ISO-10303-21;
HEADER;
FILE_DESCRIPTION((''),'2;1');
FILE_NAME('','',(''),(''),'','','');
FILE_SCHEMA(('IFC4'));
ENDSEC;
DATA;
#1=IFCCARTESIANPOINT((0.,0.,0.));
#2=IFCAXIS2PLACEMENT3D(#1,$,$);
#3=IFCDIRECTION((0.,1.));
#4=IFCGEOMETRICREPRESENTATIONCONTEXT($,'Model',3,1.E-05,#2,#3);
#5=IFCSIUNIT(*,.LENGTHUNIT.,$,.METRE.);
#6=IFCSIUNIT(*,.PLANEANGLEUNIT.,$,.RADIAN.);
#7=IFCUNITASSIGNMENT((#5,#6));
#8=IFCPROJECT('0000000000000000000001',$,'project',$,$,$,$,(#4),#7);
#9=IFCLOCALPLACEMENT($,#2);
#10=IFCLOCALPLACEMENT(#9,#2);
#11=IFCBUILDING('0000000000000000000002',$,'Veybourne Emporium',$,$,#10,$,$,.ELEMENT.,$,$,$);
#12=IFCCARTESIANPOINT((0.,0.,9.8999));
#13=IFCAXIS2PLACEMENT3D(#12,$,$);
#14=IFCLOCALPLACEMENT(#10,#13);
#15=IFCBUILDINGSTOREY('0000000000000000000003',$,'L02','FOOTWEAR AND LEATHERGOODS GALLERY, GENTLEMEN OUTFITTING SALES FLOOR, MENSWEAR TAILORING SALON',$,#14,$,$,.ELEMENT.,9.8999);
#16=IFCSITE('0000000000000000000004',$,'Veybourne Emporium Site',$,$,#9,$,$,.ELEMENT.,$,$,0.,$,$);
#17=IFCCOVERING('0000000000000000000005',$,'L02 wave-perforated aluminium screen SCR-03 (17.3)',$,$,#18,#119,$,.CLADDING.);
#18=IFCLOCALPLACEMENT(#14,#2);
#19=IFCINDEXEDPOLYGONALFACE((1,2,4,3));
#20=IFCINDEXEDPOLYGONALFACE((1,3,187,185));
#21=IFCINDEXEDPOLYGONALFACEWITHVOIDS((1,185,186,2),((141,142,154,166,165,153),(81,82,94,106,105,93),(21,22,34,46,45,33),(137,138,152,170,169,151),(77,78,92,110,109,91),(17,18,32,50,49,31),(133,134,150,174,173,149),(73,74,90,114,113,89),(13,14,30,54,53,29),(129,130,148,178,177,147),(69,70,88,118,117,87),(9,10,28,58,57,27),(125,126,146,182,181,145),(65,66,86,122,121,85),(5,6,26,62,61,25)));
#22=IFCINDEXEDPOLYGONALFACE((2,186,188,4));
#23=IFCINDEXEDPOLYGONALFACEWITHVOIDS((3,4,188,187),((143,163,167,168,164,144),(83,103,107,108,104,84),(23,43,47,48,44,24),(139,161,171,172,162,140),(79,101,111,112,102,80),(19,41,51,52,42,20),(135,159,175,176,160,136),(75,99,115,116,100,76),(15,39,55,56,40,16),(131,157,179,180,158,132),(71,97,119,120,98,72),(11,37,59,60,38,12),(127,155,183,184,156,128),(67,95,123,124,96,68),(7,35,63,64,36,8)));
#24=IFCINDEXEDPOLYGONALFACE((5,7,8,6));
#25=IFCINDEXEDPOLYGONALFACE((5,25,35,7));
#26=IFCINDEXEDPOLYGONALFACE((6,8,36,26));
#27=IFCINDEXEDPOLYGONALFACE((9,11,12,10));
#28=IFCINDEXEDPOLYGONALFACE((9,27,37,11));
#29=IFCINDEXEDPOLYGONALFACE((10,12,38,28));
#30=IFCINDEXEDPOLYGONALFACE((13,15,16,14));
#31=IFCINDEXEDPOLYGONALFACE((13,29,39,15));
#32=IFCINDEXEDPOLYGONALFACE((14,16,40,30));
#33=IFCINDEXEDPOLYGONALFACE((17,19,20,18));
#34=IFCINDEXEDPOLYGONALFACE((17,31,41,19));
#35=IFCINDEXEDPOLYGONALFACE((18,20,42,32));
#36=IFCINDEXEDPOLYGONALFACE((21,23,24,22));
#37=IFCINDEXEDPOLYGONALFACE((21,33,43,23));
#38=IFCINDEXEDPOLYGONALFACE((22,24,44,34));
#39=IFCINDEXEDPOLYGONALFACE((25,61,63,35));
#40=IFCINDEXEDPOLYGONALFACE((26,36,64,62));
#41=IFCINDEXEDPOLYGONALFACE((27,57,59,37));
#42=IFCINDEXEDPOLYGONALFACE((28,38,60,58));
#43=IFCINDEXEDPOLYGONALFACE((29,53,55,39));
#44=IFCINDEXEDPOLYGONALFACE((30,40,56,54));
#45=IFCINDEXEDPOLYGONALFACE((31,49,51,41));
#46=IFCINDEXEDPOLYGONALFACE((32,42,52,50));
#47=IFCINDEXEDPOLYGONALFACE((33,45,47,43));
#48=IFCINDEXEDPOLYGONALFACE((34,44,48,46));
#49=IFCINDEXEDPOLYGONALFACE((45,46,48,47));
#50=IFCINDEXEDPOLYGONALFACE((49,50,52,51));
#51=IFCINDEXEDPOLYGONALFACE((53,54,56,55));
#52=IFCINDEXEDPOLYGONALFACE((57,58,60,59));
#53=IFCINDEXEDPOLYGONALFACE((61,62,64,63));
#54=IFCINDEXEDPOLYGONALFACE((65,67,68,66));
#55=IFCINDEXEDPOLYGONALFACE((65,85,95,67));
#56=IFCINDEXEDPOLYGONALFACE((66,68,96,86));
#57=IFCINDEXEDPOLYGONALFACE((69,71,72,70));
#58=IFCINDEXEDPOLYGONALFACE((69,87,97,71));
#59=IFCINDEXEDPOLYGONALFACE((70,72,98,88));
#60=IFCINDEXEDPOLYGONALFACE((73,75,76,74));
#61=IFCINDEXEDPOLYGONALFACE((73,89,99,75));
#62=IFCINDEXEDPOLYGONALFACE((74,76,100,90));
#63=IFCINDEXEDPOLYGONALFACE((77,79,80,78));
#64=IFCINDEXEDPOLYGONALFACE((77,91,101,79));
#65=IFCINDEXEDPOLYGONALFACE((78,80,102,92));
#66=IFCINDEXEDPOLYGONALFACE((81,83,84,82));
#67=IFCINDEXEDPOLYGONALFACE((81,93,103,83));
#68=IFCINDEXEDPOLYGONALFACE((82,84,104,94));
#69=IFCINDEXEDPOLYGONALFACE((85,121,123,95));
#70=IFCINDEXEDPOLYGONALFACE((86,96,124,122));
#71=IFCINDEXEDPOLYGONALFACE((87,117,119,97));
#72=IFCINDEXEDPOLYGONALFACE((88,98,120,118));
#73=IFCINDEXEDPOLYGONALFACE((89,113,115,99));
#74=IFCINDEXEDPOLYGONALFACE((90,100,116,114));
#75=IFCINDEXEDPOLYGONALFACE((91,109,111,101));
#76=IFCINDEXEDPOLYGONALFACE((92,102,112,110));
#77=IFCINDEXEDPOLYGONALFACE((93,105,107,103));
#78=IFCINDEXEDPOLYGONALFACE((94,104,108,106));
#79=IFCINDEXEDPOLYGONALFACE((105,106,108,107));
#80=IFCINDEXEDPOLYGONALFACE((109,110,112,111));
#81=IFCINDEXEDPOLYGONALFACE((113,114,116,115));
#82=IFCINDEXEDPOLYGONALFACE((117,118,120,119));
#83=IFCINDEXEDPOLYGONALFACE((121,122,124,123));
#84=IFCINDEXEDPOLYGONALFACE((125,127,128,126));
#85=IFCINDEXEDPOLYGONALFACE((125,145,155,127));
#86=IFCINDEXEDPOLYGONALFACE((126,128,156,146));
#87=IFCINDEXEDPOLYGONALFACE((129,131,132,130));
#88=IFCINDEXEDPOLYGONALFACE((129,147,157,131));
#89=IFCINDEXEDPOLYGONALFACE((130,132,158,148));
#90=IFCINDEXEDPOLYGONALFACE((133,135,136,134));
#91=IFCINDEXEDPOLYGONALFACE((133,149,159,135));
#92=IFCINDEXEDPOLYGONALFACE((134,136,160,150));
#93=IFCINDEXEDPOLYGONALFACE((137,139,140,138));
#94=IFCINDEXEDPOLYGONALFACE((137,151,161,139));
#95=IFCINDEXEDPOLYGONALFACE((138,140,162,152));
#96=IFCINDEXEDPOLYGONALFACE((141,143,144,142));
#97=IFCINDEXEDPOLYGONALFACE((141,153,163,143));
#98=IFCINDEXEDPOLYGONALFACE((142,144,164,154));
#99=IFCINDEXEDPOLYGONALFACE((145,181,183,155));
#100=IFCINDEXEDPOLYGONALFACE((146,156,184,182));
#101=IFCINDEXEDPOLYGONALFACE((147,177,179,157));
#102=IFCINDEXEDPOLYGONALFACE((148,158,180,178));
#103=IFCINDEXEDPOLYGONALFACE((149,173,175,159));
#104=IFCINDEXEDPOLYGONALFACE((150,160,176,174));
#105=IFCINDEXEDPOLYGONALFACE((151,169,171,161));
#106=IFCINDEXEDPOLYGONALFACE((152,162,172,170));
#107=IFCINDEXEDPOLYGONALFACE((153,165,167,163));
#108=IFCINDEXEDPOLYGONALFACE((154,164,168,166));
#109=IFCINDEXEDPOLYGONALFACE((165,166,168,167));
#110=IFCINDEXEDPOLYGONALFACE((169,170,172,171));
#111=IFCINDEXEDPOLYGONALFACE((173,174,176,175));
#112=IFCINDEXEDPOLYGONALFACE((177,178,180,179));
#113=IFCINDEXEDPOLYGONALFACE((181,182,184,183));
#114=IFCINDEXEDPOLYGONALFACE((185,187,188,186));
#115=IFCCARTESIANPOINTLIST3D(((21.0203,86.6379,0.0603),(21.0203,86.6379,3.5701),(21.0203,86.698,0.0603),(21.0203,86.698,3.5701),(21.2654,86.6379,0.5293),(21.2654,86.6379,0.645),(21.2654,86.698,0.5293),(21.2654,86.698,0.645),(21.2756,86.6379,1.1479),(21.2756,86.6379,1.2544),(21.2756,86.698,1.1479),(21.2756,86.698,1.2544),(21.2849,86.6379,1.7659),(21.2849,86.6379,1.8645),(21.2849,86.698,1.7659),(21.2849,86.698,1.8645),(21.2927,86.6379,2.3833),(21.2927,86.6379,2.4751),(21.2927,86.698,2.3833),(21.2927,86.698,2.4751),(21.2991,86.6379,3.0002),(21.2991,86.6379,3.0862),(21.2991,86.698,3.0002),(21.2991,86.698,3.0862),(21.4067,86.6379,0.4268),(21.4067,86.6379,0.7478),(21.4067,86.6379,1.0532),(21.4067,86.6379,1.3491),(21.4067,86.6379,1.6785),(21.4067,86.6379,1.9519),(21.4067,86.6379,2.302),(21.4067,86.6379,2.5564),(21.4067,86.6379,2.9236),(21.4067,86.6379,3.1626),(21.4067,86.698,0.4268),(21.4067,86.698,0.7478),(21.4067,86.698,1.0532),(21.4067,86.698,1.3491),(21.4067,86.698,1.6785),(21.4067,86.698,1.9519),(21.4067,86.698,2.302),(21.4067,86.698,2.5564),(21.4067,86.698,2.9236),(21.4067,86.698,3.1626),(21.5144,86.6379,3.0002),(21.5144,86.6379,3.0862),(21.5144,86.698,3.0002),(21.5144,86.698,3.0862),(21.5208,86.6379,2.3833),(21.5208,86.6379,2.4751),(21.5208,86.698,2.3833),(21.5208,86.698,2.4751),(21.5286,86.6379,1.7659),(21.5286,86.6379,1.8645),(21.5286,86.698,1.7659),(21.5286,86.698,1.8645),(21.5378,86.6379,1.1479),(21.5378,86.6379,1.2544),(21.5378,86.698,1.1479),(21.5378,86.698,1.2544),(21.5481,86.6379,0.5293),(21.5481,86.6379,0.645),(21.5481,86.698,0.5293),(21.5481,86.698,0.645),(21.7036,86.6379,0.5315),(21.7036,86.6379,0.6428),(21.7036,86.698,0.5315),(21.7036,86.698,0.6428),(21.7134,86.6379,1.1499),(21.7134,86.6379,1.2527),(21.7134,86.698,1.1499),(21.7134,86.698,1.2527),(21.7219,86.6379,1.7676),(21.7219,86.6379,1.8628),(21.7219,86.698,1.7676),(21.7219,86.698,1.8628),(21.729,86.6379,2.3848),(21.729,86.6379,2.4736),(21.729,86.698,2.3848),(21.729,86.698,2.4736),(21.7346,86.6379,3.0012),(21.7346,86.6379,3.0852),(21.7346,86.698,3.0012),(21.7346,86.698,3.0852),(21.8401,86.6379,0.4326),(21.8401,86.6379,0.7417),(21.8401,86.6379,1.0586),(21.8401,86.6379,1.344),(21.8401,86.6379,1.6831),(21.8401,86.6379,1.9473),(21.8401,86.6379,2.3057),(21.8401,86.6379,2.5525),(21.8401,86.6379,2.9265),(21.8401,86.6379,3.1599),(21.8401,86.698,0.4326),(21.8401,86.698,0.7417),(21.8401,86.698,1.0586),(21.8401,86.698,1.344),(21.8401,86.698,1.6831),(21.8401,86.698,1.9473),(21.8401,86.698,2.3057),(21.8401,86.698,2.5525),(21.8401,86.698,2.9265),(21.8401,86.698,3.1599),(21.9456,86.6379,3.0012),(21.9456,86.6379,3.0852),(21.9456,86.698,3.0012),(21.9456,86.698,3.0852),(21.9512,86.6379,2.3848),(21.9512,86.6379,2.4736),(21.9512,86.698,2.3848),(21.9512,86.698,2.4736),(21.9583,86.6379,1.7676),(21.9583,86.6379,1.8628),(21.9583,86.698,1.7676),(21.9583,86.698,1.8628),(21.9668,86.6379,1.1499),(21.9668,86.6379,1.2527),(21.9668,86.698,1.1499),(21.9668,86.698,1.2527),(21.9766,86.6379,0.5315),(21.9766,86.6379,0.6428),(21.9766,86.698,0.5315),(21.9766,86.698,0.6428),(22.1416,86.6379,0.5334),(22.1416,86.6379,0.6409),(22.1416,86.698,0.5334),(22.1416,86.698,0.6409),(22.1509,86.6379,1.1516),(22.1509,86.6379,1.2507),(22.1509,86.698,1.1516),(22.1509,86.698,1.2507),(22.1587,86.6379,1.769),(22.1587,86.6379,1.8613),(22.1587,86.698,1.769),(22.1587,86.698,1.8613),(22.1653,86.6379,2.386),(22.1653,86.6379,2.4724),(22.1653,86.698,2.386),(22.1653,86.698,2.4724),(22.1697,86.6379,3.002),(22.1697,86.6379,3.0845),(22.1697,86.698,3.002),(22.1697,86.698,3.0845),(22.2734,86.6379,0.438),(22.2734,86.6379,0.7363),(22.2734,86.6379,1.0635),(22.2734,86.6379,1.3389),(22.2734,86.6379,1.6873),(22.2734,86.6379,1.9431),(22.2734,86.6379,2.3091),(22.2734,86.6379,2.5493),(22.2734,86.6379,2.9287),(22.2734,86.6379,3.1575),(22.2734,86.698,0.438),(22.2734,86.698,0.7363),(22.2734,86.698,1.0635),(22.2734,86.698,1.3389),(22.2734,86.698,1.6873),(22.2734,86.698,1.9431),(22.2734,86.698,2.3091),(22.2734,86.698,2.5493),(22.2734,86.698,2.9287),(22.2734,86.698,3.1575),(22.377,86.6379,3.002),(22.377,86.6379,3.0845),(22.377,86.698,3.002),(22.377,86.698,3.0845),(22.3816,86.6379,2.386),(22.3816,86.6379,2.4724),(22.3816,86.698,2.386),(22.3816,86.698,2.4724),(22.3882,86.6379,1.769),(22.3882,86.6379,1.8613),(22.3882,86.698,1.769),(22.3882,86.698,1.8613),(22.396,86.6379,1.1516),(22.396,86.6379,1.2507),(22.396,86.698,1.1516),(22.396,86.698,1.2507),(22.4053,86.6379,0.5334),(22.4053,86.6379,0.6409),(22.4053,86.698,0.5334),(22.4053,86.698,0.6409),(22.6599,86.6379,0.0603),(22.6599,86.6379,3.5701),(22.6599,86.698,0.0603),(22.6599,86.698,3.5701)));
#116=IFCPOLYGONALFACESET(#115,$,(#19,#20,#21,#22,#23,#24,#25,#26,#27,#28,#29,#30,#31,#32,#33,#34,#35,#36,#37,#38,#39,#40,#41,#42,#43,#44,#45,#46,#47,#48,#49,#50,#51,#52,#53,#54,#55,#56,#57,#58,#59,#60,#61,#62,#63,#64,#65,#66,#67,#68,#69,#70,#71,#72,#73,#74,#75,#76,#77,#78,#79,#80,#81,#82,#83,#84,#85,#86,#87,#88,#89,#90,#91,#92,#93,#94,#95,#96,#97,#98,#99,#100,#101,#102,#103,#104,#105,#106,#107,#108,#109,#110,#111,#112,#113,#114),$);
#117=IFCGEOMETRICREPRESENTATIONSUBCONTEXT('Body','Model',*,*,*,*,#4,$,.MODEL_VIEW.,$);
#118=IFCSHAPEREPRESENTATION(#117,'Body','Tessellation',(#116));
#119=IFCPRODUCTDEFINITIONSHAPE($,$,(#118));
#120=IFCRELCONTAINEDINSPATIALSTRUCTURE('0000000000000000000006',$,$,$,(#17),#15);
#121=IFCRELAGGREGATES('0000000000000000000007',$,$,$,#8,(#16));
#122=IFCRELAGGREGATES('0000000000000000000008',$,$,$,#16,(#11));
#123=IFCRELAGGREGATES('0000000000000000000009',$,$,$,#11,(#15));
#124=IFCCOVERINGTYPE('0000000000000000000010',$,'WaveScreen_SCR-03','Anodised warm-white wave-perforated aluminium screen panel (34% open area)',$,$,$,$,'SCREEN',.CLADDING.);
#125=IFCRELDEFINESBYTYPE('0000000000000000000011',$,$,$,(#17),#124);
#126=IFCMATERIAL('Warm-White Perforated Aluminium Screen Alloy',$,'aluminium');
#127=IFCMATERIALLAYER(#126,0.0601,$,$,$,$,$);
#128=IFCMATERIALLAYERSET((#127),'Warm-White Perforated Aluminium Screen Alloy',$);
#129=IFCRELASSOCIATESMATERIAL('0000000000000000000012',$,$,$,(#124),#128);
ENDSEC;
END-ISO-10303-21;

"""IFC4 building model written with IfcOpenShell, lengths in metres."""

from ifc_helpers import new_model, si_unit, direction, frame, origin, place, context, subcontext, project, spatial, polyline, outline, extrude, material, layer, layer_set, type_object, element, save


model = new_model("IFC4")

# Units and contexts
model_context = context("Model", 3, precision=1e-05, world=origin(), true_north=direction((0.0, 1.0)))
body_context = subcontext(model_context, "Body", "Model", "MODEL_VIEW")
ifc_project = project(units=[si_unit("LENGTHUNIT", "METRE"), si_unit("PLANEANGLEUNIT", "RADIAN")], contexts=[model_context])

# Site, building, storey
site_placement = place(None, origin())
site = spatial("IfcSite", under=ifc_project, at=site_placement, Name="Veybourne Emporium Site", CompositionType="ELEMENT", RefElevation=0.0)
building_placement = place(site_placement, origin())
building = spatial("IfcBuilding", under=site, at=building_placement, Name="Veybourne Emporium", CompositionType="ELEMENT")
storey_placement = place(building_placement, frame((0.0, 0.0, 9.8999)))
storey = spatial("IfcBuildingStorey", under=building, at=storey_placement, Name="L02", Description="FOOTWEAR AND LEATHERGOODS GALLERY, GENTLEMEN OUTFITTING SALES FLOOR, MENSWEAR TAILORING SALON", CompositionType="ELEMENT", Elevation=9.8999)

# Covering
ifc_material_1 = material(Name="Warm-White Perforated Aluminium Screen Alloy", Category="aluminium")
ifc_layer_1 = layer(ifc_material_1, 0.0601)
ifc_layer_set_1 = layer_set([ifc_layer_1], Name="Warm-White Perforated Aluminium Screen Alloy")
covering_type_1 = type_object("IfcCoveringType", Name="WaveScreen_SCR-03", Description="Anodised warm-white wave-perforated aluminium screen panel (34% open area)", ElementType="SCREEN", PredefinedType="CLADDING", material=ifc_layer_set_1)
covering_1_placement = place(storey_placement, frame((21.8401, 86.698, 1.8152), z_axis=(0.0, -1.0, 0.0), x_axis=(1.0, 0.0, 0.0)))
element("IfcCovering", 1, at=covering_1_placement, inside=storey, type_object=covering_type_1, Name="L02 wave-perforated aluminium screen SCR-03 (17.3)", PredefinedType="CLADDING", context=body_context, shape_type="SweptSolid", body=[
    extrude(outline(polyline([(-0.8198, -1.7549), (0.8198, -1.7549), (0.8198, 1.7549), (-0.8198, 1.7549), (-0.8198, -1.7549)]), holes=[polyline([(-0.4333, -1.0674), (-0.292, -1.1702), (-0.292, -1.2859), (-0.4333, -1.3884), (-0.5747, -1.2859), (-0.5747, -1.1702), (-0.4333, -1.0674)]), polyline([(-0.4333, -0.4661), (-0.3022, -0.5608), (-0.3022, -0.6672), (-0.4333, -0.762), (-0.5645, -0.6672), (-0.5645, -0.5608), (-0.4333, -0.4661)]), polyline([(-0.4333, 0.1367), (-0.3115, 0.0493), (-0.3115, -0.0493), (-0.4333, -0.1367), (-0.5552, -0.0493), (-0.5552, 0.0493), (-0.4333, 0.1367)]), polyline([(-0.4333, 0.7412), (-0.3193, 0.6599), (-0.3193, 0.5681), (-0.4333, 0.4868), (-0.5474, 0.5681), (-0.5474, 0.6599), (-0.4333, 0.7412)]), polyline([(-0.4333, 1.3474), (-0.3257, 1.271), (-0.3257, 1.1851), (-0.4333, 1.1084), (-0.541, 1.1851), (-0.541, 1.271), (-0.4333, 1.3474)]), polyline([(0.0, -1.0735), (0.1365, -1.1724), (0.1365, -1.2837), (0.0, -1.3826), (-0.1365, -1.2837), (-0.1365, -1.1724), (0.0, -1.0735)]), polyline([(0.0, -0.4712), (0.1267, -0.5625), (0.1267, -0.6653), (0.0, -0.7566), (-0.1267, -0.6653), (-0.1267, -0.5625), (0.0, -0.4712)]), polyline([(0.0, 0.1321), (0.1182, 0.0476), (0.1182, -0.0476), (0.0, -0.1321), (-0.1182, -0.0476), (-0.1182, 0.0476), (0.0, 0.1321)]), polyline([(0.0, 0.7373), (0.1111, 0.6584), (0.1111, 0.5696), (0.0, 0.4905), (-0.1111, 0.5696), (-0.1111, 0.6584), (0.0, 0.7373)]), polyline([(0.0, 1.3447), (0.1055, 1.27), (0.1055, 1.186), (0.0, 1.1113), (-0.1055, 1.186), (-0.1055, 1.27), (0.0, 1.3447)]), polyline([(0.4333, -1.0789), (0.5652, -1.1743), (0.5652, -1.2817), (0.4333, -1.3772), (0.3015, -1.2817), (0.3015, -1.1743), (0.4333, -1.0789)]), polyline([(0.4333, -0.4763), (0.5559, -0.5645), (0.5559, -0.6636), (0.4333, -0.7517), (0.3108, -0.6636), (0.3108, -0.5645), (0.4333, -0.4763)]), polyline([(0.4333, 0.1279), (0.5481, 0.0461), (0.5481, -0.0461), (0.4333, -0.1279), (0.3186, -0.0461), (0.3186, 0.0461), (0.4333, 0.1279)]), polyline([(0.4333, 0.7341), (0.5415, 0.6572), (0.5415, 0.5708), (0.4333, 0.4939), (0.3252, 0.5708), (0.3252, 0.6572), (0.4333, 0.7341)]), polyline([(0.4333, 1.3423), (0.5369, 1.2693), (0.5369, 1.1868), (0.4333, 1.1135), (0.3296, 1.1868), (0.3296, 1.2693), (0.4333, 1.3423)])]), origin(), (0.0, 0.0, 1.0), 0.0601),
])

save(model, "model.ifc")
